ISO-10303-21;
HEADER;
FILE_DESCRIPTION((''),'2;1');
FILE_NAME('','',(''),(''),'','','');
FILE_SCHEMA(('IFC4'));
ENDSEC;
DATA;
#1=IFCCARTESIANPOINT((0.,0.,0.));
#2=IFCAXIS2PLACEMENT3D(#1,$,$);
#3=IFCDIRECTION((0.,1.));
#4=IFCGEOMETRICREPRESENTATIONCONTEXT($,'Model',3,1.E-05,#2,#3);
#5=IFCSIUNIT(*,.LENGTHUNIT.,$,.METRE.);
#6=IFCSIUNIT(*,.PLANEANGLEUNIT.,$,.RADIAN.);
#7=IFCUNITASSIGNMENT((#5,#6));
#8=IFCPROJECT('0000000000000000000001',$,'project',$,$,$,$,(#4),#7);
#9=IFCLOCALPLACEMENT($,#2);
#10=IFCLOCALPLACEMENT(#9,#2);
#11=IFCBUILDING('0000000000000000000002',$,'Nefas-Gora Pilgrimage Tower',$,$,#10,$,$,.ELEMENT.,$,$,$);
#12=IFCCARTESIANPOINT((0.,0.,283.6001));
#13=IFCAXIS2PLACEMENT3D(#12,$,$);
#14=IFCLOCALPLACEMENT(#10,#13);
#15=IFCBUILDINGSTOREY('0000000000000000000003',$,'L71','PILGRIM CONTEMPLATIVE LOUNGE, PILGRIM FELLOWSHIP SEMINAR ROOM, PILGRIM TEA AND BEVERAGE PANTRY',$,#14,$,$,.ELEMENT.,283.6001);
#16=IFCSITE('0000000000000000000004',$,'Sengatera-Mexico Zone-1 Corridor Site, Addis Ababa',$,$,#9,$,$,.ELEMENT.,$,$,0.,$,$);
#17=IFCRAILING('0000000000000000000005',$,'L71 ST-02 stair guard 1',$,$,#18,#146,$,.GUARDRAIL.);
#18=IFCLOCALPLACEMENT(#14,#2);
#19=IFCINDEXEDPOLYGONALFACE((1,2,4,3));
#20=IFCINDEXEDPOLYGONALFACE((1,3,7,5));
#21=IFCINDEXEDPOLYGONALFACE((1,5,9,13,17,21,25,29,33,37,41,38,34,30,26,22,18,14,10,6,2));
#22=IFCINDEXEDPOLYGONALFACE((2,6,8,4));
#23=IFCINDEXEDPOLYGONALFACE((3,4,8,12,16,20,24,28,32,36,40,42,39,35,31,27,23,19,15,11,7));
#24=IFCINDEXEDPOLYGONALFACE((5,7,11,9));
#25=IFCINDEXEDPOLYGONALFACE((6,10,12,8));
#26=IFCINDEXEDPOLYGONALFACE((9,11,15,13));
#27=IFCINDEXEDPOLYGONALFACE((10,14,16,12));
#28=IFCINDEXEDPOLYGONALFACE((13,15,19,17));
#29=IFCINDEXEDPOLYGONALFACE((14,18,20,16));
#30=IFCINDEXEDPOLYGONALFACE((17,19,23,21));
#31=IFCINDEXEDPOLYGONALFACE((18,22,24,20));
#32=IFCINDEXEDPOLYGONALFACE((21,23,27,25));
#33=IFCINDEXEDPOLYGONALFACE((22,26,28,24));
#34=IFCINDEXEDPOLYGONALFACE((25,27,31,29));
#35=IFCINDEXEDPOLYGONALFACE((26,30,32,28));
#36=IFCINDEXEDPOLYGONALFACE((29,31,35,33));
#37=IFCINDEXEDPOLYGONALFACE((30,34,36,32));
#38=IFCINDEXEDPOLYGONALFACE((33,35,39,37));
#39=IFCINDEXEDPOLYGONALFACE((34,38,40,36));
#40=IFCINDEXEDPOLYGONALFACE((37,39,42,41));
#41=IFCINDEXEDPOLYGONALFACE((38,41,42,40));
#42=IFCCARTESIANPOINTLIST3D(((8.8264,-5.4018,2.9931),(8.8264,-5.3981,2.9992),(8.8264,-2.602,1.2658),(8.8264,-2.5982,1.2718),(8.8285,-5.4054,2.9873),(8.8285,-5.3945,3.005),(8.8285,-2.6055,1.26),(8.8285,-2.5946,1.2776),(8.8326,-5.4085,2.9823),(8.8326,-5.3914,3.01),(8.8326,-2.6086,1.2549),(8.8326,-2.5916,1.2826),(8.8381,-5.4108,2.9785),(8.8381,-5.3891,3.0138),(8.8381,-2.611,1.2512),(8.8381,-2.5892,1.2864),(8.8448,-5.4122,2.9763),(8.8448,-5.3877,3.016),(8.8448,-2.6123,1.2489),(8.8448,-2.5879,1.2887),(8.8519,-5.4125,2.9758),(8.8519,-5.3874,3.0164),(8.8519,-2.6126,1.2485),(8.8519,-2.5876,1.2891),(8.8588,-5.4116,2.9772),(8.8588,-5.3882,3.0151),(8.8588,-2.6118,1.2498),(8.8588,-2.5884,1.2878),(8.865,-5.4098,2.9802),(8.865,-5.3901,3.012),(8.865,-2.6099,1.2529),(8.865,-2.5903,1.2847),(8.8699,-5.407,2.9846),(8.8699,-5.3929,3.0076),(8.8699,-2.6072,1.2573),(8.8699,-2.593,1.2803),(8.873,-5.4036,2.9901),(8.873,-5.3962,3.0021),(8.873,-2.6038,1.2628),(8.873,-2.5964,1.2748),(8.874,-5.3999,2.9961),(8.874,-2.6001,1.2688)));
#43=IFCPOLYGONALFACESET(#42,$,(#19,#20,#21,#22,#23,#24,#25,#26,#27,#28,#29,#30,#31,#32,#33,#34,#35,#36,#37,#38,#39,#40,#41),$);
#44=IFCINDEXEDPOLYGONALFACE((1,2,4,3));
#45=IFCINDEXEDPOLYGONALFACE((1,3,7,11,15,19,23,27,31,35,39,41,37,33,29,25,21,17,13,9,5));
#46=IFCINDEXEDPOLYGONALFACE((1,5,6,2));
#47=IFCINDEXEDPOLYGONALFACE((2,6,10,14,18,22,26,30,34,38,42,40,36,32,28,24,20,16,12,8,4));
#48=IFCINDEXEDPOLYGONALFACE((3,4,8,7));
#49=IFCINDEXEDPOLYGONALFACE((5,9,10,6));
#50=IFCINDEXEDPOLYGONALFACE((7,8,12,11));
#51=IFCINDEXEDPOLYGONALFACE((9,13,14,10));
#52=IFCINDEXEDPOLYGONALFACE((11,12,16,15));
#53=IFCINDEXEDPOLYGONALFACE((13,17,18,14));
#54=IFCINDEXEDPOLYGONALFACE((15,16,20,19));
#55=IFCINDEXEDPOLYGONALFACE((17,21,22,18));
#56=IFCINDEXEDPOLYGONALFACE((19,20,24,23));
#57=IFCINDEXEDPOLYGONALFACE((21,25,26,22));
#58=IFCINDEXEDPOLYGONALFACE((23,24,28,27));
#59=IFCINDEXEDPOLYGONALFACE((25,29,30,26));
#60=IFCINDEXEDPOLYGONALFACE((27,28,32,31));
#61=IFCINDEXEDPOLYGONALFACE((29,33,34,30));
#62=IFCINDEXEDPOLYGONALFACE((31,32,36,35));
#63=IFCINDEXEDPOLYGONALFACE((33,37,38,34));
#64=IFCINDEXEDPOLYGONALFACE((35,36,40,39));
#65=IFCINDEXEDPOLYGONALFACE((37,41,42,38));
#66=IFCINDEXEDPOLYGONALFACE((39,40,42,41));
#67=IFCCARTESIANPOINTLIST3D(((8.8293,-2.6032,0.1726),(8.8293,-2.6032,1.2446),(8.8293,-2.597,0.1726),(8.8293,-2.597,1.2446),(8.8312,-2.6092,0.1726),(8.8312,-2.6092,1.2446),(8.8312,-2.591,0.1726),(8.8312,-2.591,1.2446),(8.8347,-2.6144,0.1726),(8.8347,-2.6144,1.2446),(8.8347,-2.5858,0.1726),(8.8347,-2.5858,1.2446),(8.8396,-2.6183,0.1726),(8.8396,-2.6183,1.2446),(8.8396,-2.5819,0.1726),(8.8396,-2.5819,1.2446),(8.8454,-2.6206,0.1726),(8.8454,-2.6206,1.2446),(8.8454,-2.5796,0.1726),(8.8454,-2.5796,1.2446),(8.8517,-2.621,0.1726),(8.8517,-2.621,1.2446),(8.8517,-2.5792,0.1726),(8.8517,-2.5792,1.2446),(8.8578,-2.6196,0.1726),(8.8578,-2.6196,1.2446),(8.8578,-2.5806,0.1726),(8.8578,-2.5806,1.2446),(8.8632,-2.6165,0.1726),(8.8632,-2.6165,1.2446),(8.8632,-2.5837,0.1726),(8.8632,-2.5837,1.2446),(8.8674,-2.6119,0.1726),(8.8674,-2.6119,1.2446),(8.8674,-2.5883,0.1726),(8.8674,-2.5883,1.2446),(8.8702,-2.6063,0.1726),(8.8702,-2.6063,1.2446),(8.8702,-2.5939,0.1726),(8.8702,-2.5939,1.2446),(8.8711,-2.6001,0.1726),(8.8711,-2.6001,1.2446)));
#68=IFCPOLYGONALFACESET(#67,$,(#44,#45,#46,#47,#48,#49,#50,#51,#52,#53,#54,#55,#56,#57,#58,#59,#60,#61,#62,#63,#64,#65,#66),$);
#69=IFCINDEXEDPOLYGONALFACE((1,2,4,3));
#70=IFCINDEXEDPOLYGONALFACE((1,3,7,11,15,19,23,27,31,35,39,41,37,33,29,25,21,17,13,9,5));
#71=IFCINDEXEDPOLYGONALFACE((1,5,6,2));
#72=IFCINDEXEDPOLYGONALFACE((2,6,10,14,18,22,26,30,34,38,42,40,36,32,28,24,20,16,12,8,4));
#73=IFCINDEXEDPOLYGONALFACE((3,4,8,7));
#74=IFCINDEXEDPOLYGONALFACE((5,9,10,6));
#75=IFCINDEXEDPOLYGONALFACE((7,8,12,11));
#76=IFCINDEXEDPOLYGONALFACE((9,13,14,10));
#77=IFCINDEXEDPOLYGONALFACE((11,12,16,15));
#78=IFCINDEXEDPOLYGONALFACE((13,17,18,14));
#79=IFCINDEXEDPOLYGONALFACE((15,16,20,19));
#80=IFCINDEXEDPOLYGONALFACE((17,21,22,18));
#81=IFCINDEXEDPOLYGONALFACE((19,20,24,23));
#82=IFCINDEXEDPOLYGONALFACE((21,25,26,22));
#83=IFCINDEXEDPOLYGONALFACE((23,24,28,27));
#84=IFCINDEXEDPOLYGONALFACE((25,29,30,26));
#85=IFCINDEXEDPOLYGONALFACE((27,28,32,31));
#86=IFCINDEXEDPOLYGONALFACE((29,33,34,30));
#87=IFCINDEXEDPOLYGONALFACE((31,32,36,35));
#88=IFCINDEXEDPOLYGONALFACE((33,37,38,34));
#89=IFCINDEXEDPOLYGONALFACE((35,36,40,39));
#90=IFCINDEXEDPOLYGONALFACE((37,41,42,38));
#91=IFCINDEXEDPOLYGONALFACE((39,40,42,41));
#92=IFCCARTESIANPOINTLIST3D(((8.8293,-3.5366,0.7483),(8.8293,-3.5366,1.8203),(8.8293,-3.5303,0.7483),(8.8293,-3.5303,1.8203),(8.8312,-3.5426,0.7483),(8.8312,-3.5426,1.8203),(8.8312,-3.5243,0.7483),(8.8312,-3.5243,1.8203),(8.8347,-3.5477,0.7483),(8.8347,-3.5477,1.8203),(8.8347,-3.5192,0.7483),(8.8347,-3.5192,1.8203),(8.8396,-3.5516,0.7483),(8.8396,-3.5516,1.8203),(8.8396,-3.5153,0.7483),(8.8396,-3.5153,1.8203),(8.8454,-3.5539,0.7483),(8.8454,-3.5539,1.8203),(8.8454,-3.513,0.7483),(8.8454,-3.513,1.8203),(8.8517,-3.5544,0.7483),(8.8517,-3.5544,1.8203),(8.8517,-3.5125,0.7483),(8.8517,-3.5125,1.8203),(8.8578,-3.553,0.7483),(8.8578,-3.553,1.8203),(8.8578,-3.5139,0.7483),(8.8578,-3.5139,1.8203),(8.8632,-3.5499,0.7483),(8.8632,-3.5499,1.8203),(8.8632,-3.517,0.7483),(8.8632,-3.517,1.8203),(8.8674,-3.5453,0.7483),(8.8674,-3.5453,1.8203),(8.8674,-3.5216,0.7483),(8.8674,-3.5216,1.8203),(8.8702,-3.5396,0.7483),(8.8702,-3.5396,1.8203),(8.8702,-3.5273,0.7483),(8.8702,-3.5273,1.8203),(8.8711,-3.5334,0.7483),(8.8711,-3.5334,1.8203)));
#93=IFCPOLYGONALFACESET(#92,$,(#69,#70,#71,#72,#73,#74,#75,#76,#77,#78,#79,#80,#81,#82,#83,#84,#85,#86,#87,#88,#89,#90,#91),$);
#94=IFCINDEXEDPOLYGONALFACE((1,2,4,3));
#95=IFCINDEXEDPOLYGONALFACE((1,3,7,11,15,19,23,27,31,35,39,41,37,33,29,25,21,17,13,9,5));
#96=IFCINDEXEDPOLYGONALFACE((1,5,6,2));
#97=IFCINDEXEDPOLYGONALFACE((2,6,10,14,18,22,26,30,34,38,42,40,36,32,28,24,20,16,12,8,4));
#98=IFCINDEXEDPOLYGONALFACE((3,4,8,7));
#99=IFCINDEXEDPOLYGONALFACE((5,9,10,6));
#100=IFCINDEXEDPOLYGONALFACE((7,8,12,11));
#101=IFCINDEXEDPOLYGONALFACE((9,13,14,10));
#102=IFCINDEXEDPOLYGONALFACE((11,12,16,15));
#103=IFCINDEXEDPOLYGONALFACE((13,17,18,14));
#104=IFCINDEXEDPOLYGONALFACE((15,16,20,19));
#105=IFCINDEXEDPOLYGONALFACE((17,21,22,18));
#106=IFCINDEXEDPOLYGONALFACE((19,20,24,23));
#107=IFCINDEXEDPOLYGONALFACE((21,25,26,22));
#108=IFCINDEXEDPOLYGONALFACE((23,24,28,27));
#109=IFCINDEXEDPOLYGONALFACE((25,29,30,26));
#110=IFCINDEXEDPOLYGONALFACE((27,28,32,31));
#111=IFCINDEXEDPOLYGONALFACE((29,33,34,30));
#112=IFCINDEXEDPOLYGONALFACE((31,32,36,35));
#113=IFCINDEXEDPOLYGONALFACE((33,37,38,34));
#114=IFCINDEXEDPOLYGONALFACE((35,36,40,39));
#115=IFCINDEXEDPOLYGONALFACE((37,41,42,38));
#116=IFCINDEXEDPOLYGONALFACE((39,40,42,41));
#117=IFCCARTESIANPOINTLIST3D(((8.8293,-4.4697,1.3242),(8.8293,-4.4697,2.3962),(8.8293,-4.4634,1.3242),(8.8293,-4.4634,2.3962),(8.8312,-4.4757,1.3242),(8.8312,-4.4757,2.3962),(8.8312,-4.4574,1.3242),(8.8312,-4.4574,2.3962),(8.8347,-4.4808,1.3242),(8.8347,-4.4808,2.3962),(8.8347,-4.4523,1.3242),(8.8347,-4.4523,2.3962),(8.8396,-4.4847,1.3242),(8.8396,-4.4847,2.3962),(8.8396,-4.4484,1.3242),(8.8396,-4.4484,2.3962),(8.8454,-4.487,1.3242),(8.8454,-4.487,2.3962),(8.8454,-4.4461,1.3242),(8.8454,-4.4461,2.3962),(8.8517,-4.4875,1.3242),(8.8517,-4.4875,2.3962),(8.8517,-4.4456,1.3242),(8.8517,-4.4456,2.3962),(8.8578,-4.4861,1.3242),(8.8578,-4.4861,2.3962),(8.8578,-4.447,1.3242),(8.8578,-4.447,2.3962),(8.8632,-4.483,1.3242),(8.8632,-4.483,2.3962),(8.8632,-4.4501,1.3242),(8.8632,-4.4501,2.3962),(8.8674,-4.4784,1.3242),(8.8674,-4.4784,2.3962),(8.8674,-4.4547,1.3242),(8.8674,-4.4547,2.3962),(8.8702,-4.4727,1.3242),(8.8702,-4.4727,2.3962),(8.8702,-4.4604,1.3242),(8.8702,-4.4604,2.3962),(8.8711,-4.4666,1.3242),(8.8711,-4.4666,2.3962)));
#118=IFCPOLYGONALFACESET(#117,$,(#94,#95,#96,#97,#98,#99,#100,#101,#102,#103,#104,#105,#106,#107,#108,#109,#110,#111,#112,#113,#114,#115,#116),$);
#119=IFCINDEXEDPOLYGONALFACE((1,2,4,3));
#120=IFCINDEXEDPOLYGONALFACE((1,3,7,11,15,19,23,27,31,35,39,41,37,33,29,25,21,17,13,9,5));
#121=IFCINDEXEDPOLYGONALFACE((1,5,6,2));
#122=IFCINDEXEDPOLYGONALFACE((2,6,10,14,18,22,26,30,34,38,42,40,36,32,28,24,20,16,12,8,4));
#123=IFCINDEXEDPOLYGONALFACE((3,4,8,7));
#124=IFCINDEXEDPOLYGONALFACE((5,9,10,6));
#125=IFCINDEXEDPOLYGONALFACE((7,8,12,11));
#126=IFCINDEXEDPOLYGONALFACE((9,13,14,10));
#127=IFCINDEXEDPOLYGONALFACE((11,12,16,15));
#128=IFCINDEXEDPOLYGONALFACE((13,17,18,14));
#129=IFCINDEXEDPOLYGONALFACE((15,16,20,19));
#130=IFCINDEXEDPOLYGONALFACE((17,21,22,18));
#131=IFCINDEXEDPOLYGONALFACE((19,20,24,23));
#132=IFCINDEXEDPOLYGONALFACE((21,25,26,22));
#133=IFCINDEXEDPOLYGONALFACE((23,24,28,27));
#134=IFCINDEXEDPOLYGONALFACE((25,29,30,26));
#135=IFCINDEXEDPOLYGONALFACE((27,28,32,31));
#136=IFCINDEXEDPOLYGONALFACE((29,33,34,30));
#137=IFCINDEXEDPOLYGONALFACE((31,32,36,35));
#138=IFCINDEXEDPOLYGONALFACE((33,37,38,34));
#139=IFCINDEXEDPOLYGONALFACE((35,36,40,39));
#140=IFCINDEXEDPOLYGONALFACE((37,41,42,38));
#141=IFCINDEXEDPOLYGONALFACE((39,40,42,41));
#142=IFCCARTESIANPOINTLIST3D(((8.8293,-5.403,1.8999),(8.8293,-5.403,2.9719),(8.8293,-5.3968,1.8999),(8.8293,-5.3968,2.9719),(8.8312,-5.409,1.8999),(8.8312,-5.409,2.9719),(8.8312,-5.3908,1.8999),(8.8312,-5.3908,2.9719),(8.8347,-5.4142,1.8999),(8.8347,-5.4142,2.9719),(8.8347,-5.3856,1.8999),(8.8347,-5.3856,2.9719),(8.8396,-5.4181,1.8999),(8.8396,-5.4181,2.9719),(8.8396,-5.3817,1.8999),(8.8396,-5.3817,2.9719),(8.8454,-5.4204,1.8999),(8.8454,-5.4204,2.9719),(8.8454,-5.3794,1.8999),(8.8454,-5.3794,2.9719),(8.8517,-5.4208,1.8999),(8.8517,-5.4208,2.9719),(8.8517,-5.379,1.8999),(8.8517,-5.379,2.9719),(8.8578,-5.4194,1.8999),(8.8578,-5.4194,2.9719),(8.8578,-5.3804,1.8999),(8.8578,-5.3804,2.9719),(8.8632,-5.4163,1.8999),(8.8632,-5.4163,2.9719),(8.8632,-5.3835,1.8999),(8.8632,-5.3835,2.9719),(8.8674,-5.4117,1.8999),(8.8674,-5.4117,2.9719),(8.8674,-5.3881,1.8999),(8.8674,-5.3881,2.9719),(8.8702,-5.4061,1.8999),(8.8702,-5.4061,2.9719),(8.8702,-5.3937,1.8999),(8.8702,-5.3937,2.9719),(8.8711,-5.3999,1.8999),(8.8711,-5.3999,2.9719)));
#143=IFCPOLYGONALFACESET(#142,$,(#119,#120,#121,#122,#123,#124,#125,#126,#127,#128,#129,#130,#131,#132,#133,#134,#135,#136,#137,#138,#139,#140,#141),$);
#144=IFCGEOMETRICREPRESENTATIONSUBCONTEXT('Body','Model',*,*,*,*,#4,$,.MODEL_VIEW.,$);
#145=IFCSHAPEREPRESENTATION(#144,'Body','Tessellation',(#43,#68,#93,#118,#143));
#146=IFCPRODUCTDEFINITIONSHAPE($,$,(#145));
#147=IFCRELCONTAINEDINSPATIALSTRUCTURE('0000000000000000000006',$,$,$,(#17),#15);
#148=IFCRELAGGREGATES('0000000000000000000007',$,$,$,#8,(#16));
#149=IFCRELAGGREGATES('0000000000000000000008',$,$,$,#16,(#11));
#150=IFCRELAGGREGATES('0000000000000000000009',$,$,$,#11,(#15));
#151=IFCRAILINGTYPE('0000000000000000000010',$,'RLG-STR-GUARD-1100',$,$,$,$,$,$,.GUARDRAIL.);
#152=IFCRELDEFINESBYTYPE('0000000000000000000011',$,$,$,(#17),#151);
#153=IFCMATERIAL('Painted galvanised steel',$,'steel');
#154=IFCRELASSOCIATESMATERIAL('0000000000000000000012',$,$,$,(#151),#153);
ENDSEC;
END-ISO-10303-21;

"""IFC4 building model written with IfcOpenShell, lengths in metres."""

from ifc_helpers import new_model, si_unit, direction, frame, origin, origin_2d, place, context, subcontext, project, spatial, circle, extrude, material, type_object, element, save


model = new_model("IFC4")

# Units and contexts
model_context = context("Model", 3, precision=1e-05, world=origin(), true_north=direction((0.0, 1.0)))
body_context = subcontext(model_context, "Body", "Model", "MODEL_VIEW")
ifc_project = project(units=[si_unit("LENGTHUNIT", "METRE"), si_unit("PLANEANGLEUNIT", "RADIAN")], contexts=[model_context])

# Site, building, storey
site_placement = place(None, origin())
site = spatial("IfcSite", under=ifc_project, at=site_placement, Name="Sengatera-Mexico Zone-1 Corridor Site, Addis Ababa", CompositionType="ELEMENT", RefElevation=0.0)
building_placement = place(site_placement, origin())
building = spatial("IfcBuilding", under=site, at=building_placement, Name="Nefas-Gora Pilgrimage Tower", CompositionType="ELEMENT")
storey_placement = place(building_placement, frame((0.0, 0.0, 283.6001)))
storey = spatial("IfcBuildingStorey", under=building, at=storey_placement, Name="L71", Description="PILGRIM CONTEMPLATIVE LOUNGE, PILGRIM FELLOWSHIP SEMINAR ROOM, PILGRIM TEA AND BEVERAGE PANTRY", CompositionType="ELEMENT", Elevation=283.6001)

# Railing
ifc_material_1 = material(Name="Painted galvanised steel", Category="steel")
railing_type_1 = type_object("IfcRailingType", Name="RLG-STR-GUARD-1100", PredefinedType="GUARDRAIL", material=ifc_material_1)
railing_1_placement = place(storey_placement, frame((8.8501, -2.6001, 0.1726)))
element("IfcRailing", 1, at=railing_1_placement, inside=storey, type_object=railing_type_1, Name="L71 ST-02 stair guard 1", PredefinedType="GUARDRAIL", context=body_context, shape_type="SweptSolid", body=[
    extrude(circle(Radius=0.0239, at=origin_2d()), frame((0.0, 0.0, 1.0962), z_axis=(0.0, -0.851069, 0.525054), x_axis=(1.0, 0.0, 0.0)), (0.0, 0.0, 1.0), 3.2898),
    extrude(circle(Radius=0.021, at=origin_2d()), origin(), (0.0, 0.0, 1.0), 1.072),
    extrude(circle(Radius=0.021, at=origin_2d()), frame((0.0, -0.9333, 0.5757)), (0.0, 0.0, 1.0), 1.072),
    extrude(circle(Radius=0.021, at=origin_2d()), frame((0.0, -1.8665, 1.1516)), (0.0, 0.0, 1.0), 1.072),
    extrude(circle(Radius=0.021, at=origin_2d()), frame((0.0, -2.7998, 1.7273)), (0.0, 0.0, 1.0), 1.072),
])

save(model, "model.ifc")
